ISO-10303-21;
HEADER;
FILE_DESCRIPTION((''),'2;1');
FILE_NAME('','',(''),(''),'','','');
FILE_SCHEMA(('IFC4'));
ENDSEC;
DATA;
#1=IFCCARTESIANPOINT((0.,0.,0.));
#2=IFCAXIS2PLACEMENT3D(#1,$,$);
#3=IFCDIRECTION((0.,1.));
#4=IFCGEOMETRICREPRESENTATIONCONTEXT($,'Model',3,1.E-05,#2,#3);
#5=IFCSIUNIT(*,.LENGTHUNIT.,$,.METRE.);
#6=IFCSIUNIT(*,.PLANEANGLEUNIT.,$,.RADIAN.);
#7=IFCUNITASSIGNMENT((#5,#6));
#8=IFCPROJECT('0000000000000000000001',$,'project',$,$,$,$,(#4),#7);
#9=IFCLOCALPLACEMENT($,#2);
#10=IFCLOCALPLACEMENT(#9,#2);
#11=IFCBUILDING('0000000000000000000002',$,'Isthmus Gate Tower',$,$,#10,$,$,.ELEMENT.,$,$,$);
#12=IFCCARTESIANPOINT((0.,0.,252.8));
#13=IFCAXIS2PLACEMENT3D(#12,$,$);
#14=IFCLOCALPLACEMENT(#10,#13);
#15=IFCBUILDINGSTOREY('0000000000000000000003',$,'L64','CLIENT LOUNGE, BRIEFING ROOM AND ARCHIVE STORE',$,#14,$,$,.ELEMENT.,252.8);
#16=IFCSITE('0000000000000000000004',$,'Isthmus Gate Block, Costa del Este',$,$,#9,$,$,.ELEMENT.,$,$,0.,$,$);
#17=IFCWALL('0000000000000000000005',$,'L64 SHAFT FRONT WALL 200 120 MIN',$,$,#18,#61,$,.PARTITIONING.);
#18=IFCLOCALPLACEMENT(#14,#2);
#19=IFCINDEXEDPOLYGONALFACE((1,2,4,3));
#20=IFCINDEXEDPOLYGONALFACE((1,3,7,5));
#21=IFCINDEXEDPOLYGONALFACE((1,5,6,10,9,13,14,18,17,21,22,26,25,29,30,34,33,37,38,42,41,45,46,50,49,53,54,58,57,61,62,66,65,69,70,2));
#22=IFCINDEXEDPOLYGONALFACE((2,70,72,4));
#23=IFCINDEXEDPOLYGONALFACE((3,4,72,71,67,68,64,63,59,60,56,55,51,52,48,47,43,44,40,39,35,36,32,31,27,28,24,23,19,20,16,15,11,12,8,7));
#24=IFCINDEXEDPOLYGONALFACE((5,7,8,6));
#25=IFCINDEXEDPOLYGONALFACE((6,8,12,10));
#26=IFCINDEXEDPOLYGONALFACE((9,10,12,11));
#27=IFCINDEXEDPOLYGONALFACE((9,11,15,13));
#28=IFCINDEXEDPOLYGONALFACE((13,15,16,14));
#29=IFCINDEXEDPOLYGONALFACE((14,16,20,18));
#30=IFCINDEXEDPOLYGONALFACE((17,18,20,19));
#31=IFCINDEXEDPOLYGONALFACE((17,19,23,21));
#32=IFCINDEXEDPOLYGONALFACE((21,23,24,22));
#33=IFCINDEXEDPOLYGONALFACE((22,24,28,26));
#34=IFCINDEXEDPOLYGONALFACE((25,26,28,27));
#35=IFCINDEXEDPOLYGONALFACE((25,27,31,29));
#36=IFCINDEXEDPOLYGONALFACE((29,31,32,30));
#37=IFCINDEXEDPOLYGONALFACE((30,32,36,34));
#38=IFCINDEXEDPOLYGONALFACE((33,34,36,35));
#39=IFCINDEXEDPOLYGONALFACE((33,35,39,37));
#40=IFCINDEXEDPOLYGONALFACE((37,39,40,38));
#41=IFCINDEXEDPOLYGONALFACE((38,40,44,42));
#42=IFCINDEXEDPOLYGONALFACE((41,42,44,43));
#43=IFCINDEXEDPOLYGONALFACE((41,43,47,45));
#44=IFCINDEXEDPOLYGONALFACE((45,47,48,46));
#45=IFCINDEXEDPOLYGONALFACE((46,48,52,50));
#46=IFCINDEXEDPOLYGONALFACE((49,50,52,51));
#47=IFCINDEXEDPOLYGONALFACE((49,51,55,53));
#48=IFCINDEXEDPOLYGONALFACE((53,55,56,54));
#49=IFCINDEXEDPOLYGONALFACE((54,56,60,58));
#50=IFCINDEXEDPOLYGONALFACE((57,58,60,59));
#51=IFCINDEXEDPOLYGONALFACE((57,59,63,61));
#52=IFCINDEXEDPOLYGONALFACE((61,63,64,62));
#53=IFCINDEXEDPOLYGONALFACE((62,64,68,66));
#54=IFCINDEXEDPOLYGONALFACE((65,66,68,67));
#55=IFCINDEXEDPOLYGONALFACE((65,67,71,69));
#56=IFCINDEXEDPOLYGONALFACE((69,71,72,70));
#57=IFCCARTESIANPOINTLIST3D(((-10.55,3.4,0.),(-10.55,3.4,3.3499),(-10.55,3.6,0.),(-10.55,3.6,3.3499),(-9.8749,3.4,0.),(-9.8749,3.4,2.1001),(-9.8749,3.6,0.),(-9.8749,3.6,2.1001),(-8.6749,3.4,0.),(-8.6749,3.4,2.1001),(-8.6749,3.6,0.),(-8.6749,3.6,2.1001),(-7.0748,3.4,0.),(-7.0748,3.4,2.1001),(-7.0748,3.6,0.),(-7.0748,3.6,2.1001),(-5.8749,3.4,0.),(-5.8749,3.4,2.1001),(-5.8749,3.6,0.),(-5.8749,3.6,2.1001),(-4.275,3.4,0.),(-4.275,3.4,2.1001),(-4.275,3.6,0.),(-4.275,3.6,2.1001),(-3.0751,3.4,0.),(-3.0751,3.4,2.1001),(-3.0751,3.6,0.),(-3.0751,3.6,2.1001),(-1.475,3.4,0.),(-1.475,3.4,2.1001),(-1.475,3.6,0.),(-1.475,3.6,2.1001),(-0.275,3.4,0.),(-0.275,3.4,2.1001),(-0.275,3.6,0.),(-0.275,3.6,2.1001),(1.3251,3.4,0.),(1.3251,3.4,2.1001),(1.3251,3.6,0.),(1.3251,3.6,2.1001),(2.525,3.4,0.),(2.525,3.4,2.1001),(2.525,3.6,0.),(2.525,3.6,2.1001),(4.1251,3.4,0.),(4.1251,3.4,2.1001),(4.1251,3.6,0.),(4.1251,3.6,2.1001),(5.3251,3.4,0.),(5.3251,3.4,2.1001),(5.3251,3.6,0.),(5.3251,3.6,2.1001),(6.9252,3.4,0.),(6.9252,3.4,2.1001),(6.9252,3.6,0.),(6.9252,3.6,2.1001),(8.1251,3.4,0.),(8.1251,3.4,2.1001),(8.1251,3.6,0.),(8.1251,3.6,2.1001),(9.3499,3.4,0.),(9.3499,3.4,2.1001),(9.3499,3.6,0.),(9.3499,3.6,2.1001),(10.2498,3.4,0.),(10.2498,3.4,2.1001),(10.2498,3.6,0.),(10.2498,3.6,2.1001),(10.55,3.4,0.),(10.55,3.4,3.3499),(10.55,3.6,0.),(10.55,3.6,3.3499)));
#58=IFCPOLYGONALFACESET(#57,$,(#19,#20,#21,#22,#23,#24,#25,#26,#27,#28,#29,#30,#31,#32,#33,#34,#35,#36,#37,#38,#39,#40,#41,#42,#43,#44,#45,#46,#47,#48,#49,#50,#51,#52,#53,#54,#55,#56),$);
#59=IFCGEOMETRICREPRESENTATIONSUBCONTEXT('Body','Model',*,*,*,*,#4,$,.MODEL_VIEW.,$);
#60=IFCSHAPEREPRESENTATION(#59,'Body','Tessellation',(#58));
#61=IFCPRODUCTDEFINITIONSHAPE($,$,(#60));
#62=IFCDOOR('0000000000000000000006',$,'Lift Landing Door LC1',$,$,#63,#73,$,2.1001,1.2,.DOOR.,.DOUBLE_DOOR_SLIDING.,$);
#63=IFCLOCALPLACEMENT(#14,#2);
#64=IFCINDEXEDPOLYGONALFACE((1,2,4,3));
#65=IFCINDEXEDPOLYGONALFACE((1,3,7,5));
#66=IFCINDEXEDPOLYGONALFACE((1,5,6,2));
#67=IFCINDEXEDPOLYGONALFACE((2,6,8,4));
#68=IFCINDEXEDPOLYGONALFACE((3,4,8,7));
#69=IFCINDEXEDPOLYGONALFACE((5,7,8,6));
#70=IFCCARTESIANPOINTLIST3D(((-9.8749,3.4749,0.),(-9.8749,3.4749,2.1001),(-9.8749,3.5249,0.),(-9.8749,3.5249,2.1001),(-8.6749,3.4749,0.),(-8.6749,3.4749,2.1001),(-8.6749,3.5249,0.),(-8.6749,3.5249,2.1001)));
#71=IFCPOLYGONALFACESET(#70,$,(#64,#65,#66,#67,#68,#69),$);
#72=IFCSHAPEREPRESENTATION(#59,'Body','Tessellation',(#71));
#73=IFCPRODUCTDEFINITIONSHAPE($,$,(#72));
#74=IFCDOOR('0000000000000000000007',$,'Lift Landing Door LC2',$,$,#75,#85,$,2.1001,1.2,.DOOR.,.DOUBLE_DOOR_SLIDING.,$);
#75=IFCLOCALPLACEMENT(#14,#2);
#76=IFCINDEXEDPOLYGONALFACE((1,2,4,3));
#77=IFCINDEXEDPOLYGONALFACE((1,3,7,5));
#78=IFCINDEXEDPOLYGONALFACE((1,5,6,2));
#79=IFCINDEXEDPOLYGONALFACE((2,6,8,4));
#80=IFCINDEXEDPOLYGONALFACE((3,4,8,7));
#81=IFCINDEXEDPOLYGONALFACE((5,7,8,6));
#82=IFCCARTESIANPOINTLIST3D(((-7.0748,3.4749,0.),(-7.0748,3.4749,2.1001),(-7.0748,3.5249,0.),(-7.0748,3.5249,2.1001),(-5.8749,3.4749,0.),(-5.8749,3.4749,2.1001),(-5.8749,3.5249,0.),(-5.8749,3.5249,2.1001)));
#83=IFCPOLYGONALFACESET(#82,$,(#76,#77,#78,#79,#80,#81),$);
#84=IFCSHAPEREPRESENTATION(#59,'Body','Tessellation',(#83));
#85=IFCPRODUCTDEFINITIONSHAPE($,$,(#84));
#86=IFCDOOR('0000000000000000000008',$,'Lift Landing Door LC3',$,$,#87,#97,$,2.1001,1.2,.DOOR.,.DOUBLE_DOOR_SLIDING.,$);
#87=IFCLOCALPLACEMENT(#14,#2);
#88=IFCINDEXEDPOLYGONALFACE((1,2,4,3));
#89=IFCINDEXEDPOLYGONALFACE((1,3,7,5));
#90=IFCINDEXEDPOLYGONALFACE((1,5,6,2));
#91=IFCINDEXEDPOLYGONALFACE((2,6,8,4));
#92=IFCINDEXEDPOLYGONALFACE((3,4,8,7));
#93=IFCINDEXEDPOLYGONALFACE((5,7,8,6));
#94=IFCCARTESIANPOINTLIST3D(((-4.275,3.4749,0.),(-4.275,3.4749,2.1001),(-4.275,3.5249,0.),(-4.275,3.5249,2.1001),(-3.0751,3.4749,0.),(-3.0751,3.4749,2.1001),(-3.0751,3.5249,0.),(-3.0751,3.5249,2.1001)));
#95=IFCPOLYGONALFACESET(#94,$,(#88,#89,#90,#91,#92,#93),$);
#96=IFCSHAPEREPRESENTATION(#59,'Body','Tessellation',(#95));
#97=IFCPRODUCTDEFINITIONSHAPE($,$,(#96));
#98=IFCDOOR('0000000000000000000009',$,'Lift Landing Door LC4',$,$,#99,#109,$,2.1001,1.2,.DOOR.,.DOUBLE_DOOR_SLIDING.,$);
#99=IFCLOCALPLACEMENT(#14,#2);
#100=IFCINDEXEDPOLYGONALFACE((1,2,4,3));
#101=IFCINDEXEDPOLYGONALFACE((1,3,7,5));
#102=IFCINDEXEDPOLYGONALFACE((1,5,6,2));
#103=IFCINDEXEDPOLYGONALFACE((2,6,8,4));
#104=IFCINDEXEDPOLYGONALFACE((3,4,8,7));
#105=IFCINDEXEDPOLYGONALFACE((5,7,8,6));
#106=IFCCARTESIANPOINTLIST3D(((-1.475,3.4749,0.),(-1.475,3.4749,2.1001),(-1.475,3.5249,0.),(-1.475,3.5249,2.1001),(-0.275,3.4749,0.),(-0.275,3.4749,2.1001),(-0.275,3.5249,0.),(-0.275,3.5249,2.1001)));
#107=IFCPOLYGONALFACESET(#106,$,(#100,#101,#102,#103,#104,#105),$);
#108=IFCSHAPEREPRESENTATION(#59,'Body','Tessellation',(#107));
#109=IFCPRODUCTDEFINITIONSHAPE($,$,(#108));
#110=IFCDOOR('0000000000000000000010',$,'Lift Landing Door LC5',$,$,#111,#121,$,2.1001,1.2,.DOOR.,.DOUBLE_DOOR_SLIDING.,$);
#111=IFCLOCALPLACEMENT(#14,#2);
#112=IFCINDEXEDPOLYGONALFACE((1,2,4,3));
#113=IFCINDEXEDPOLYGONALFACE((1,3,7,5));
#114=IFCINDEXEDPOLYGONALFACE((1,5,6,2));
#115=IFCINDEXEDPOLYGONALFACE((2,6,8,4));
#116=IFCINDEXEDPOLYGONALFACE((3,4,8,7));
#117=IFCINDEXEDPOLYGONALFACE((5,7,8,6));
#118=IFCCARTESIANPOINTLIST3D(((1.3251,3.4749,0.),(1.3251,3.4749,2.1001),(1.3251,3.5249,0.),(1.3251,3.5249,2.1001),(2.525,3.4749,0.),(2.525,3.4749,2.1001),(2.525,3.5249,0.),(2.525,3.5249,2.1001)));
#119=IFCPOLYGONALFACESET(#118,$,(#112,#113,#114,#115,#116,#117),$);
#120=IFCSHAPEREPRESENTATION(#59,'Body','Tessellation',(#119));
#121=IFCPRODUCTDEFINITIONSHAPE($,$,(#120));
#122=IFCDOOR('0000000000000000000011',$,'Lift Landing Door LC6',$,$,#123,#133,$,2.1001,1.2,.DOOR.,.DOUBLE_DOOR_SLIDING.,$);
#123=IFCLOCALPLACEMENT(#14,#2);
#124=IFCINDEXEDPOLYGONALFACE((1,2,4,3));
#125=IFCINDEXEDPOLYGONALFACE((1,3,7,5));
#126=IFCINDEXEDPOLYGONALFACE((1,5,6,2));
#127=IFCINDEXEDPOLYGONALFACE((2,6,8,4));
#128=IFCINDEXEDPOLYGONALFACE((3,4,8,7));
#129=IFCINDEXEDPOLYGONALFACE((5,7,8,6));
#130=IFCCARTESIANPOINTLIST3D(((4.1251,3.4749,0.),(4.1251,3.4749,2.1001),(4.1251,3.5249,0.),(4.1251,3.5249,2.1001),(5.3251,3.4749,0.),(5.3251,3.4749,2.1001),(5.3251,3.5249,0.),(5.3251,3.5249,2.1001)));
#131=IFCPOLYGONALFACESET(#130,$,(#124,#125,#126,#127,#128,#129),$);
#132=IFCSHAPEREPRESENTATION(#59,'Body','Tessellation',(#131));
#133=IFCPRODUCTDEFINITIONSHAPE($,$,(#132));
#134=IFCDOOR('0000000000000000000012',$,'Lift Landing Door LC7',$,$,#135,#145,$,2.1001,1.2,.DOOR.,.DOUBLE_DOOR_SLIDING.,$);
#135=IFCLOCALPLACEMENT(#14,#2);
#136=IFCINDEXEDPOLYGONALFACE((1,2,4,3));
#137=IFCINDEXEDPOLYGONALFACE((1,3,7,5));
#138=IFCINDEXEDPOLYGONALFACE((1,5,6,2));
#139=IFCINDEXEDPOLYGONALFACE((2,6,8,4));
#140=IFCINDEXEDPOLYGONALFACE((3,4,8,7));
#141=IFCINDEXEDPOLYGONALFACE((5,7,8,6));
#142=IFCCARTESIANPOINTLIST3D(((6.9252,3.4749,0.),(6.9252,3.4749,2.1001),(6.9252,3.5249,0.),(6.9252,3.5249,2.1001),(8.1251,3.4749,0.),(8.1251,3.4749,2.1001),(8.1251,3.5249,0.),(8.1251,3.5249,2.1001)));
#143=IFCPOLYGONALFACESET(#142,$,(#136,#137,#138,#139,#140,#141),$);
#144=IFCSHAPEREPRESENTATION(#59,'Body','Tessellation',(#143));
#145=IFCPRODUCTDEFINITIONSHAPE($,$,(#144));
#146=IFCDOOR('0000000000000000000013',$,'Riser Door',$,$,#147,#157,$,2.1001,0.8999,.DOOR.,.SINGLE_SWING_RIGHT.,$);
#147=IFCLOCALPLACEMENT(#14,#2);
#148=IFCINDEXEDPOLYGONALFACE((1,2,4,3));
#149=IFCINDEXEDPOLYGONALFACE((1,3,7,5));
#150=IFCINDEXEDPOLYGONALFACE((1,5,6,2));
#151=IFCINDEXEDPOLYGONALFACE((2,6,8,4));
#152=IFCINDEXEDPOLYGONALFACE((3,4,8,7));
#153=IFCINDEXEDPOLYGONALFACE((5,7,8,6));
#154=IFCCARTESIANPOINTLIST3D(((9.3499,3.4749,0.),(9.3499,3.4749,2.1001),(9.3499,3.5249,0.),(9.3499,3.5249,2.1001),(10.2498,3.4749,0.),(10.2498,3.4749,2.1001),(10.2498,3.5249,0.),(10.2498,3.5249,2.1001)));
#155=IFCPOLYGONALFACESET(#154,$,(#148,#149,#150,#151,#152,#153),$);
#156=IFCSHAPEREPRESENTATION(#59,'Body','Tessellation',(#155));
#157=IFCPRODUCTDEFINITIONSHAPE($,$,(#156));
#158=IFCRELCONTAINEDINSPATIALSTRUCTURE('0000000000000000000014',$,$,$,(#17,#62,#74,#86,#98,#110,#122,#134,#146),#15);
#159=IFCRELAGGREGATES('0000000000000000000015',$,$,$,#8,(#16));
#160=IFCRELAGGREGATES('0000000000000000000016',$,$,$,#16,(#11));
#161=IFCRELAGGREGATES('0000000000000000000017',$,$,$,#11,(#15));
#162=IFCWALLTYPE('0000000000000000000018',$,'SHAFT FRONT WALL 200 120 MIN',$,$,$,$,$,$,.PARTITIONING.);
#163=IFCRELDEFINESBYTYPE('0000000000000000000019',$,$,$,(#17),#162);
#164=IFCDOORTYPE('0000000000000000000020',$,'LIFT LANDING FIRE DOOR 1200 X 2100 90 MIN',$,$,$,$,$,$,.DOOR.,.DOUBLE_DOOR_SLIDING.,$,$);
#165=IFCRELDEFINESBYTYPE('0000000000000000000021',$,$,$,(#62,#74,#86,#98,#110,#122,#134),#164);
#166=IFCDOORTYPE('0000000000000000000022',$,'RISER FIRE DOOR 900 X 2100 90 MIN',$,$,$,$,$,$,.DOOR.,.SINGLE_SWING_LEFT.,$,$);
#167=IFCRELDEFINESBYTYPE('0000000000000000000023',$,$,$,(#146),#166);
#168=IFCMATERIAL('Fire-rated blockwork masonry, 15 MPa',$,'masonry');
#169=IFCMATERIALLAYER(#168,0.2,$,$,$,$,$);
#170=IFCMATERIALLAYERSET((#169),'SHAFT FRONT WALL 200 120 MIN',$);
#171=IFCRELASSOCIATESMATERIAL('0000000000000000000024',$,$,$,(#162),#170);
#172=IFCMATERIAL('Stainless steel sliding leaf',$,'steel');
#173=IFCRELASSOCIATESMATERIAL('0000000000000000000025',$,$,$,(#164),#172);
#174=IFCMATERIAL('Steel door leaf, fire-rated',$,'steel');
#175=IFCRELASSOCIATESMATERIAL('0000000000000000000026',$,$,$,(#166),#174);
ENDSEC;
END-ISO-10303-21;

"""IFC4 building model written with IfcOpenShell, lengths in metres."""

from ifc_helpers import new_model, si_unit, direction, frame, frame_2d, origin, place, context, subcontext, project, spatial, rectangle, extrude, material, layer, layer_set, type_object, element, fill, save


model = new_model("IFC4")

# Units and contexts
model_context = context("Model", 3, precision=1e-05, world=origin(), true_north=direction((0.0, 1.0)))
body_context = subcontext(model_context, "Body", "Model", "MODEL_VIEW")
ifc_project = project(units=[si_unit("LENGTHUNIT", "METRE"), si_unit("PLANEANGLEUNIT", "RADIAN")], contexts=[model_context])

# Site, building, storey
site_placement = place(None, origin())
site = spatial("IfcSite", under=ifc_project, at=site_placement, Name="Isthmus Gate Block, Costa del Este", CompositionType="ELEMENT", RefElevation=0.0)
building_placement = place(site_placement, origin())
building = spatial("IfcBuilding", under=site, at=building_placement, Name="Isthmus Gate Tower", CompositionType="ELEMENT")
storey_placement = place(building_placement, frame((0.0, 0.0, 252.8)))
storey = spatial("IfcBuildingStorey", under=building, at=storey_placement, Name="L64", Description="CLIENT LOUNGE, BRIEFING ROOM AND ARCHIVE STORE", CompositionType="ELEMENT", Elevation=252.8)

# Wall, openings, doors
ifc_material_1 = material(Name="Fire-rated blockwork masonry, 15 MPa", Category="masonry")
ifc_layer_1 = layer(ifc_material_1, 0.2)
ifc_layer_set_1 = layer_set([ifc_layer_1], Name="SHAFT FRONT WALL 200 120 MIN")
wall_type_1 = type_object("IfcWallType", Name="SHAFT FRONT WALL 200 120 MIN", PredefinedType="PARTITIONING", material=ifc_layer_set_1)
wall_1_placement = place(storey_placement, frame((-10.55, 3.5, 0.0), z_axis=(0.0, 0.0, 1.0), x_axis=(1.0, 0.0, 0.0)))
wall_1 = element("IfcWall", 1, at=wall_1_placement, inside=storey, type_object=wall_type_1, Name="L64 SHAFT FRONT WALL 200 120 MIN", PredefinedType="PARTITIONING", context=body_context, shape_type="SweptSolid", body=[
    extrude(rectangle(XDim=21.1001, YDim=0.2, at=frame_2d((10.55, 0.0))), origin(), (0.0, 0.0, 1.0), 3.3499),
])
opening_1_placement = place(wall_1_placement, frame((0.675, 0.0, 0.0)))
opening_1 = element("IfcOpeningElement", 2, at=opening_1_placement, cuts=wall_1, PredefinedType="OPENING", context=body_context, shape_type="SweptSolid", body=[
    extrude(rectangle(XDim=1.2, YDim=2.1001, at=frame_2d((0.6001, 1.05))), frame((0.0, 0.1099, 0.0), z_axis=(0.0, -1.0, 0.0), x_axis=(1.0, 0.0, 0.0)), (0.0, 0.0, 1.0), 0.22),
])
opening_2_placement = place(wall_1_placement, frame((3.4751, 0.0, 0.0)))
opening_2 = element("IfcOpeningElement", 3, at=opening_2_placement, cuts=wall_1, PredefinedType="OPENING", context=body_context, shape_type="SweptSolid", body=[
    extrude(rectangle(XDim=1.2, YDim=2.1001, at=frame_2d((0.6001, 1.05))), frame((0.0, 0.1099, 0.0), z_axis=(0.0, -1.0, 0.0), x_axis=(1.0, 0.0, 0.0)), (0.0, 0.0, 1.0), 0.22),
])
opening_3_placement = place(wall_1_placement, frame((6.2749, 0.0, 0.0)))
opening_3 = element("IfcOpeningElement", 4, at=opening_3_placement, cuts=wall_1, PredefinedType="OPENING", context=body_context, shape_type="SweptSolid", body=[
    extrude(rectangle(XDim=1.2, YDim=2.1001, at=frame_2d((0.6001, 1.05))), frame((0.0, 0.1099, 0.0), z_axis=(0.0, -1.0, 0.0), x_axis=(1.0, 0.0, 0.0)), (0.0, 0.0, 1.0), 0.22),
])
opening_4_placement = place(wall_1_placement, frame((9.075, 0.0, 0.0)))
opening_4 = element("IfcOpeningElement", 5, at=opening_4_placement, cuts=wall_1, PredefinedType="OPENING", context=body_context, shape_type="SweptSolid", body=[
    extrude(rectangle(XDim=1.2, YDim=2.1001, at=frame_2d((0.6001, 1.05))), frame((0.0, 0.1099, 0.0), z_axis=(0.0, -1.0, 0.0), x_axis=(1.0, 0.0, 0.0)), (0.0, 0.0, 1.0), 0.22),
])
opening_5_placement = place(wall_1_placement, frame((11.875, 0.0, 0.0)))
opening_5 = element("IfcOpeningElement", 6, at=opening_5_placement, cuts=wall_1, PredefinedType="OPENING", context=body_context, shape_type="SweptSolid", body=[
    extrude(rectangle(XDim=1.2, YDim=2.1001, at=frame_2d((0.6001, 1.05))), frame((0.0, 0.1099, 0.0), z_axis=(0.0, -1.0, 0.0), x_axis=(1.0, 0.0, 0.0)), (0.0, 0.0, 1.0), 0.22),
])
opening_6_placement = place(wall_1_placement, frame((14.675, 0.0, 0.0)))
opening_6 = element("IfcOpeningElement", 7, at=opening_6_placement, cuts=wall_1, PredefinedType="OPENING", context=body_context, shape_type="SweptSolid", body=[
    extrude(rectangle(XDim=1.2, YDim=2.1001, at=frame_2d((0.6001, 1.05))), frame((0.0, 0.1099, 0.0), z_axis=(0.0, -1.0, 0.0), x_axis=(1.0, 0.0, 0.0)), (0.0, 0.0, 1.0), 0.22),
])
opening_7_placement = place(wall_1_placement, frame((17.4751, 0.0, 0.0)))
opening_7 = element("IfcOpeningElement", 8, at=opening_7_placement, cuts=wall_1, PredefinedType="OPENING", context=body_context, shape_type="SweptSolid", body=[
    extrude(rectangle(XDim=1.2, YDim=2.1001, at=frame_2d((0.6001, 1.05))), frame((0.0, 0.1099, 0.0), z_axis=(0.0, -1.0, 0.0), x_axis=(1.0, 0.0, 0.0)), (0.0, 0.0, 1.0), 0.22),
])
opening_8_placement = place(wall_1_placement, frame((19.8999, 0.0, 0.0)))
opening_8 = element("IfcOpeningElement", 9, at=opening_8_placement, cuts=wall_1, PredefinedType="OPENING", context=body_context, shape_type="SweptSolid", body=[
    extrude(rectangle(XDim=0.8999, YDim=2.1001, at=frame_2d((0.45, 1.05))), frame((0.0, 0.1099, 0.0), z_axis=(0.0, -1.0, 0.0), x_axis=(1.0, 0.0, 0.0)), (0.0, 0.0, 1.0), 0.22),
])
ifc_material_2 = material(Name="Stainless steel sliding leaf", Category="steel")
door_type_1 = type_object("IfcDoorType", Name="LIFT LANDING FIRE DOOR 1200 X 2100 90 MIN", OperationType="DOUBLE_DOOR_SLIDING", PredefinedType="DOOR", material=ifc_material_2)
door_1_placement = place(opening_1_placement, origin())
door_1 = element("IfcDoor", 10, at=door_1_placement, inside=storey, type_object=door_type_1, Name="Lift Landing Door LC1", OperationType="DOUBLE_DOOR_SLIDING", OverallHeight=2.1001, OverallWidth=1.2, PredefinedType="DOOR", context=body_context, shape_type="SweptSolid", body=[
    extrude(rectangle(XDim=1.2, YDim=2.1001, at=frame_2d((0.6001, 1.05))), frame((0.0, 0.0249, 0.0), z_axis=(0.0, -1.0, 0.0), x_axis=(1.0, 0.0, 0.0)), (0.0, 0.0, 1.0), 0.05),
])
fill(opening_1, door_1)
door_2_placement = place(opening_2_placement, origin())
door_2 = element("IfcDoor", 11, at=door_2_placement, inside=storey, type_object=door_type_1, Name="Lift Landing Door LC2", OperationType="DOUBLE_DOOR_SLIDING", OverallHeight=2.1001, OverallWidth=1.2, PredefinedType="DOOR", context=body_context, shape_type="SweptSolid", body=[
    extrude(rectangle(XDim=1.2, YDim=2.1001, at=frame_2d((0.6001, 1.05))), frame((0.0, 0.0249, 0.0), z_axis=(0.0, -1.0, 0.0), x_axis=(1.0, 0.0, 0.0)), (0.0, 0.0, 1.0), 0.05),
])
fill(opening_2, door_2)
door_3_placement = place(opening_3_placement, origin())
door_3 = element("IfcDoor", 12, at=door_3_placement, inside=storey, type_object=door_type_1, Name="Lift Landing Door LC3", OperationType="DOUBLE_DOOR_SLIDING", OverallHeight=2.1001, OverallWidth=1.2, PredefinedType="DOOR", context=body_context, shape_type="SweptSolid", body=[
    extrude(rectangle(XDim=1.2, YDim=2.1001, at=frame_2d((0.6001, 1.05))), frame((0.0, 0.0249, 0.0), z_axis=(0.0, -1.0, 0.0), x_axis=(1.0, 0.0, 0.0)), (0.0, 0.0, 1.0), 0.05),
])
fill(opening_3, door_3)
door_4_placement = place(opening_4_placement, origin())
door_4 = element("IfcDoor", 13, at=door_4_placement, inside=storey, type_object=door_type_1, Name="Lift Landing Door LC4", OperationType="DOUBLE_DOOR_SLIDING", OverallHeight=2.1001, OverallWidth=1.2, PredefinedType="DOOR", context=body_context, shape_type="SweptSolid", body=[
    extrude(rectangle(XDim=1.2, YDim=2.1001, at=frame_2d((0.6001, 1.05))), frame((0.0, 0.0249, 0.0), z_axis=(0.0, -1.0, 0.0), x_axis=(1.0, 0.0, 0.0)), (0.0, 0.0, 1.0), 0.05),
])
fill(opening_4, door_4)
door_5_placement = place(opening_5_placement, origin())
door_5 = element("IfcDoor", 14, at=door_5_placement, inside=storey, type_object=door_type_1, Name="Lift Landing Door LC5", OperationType="DOUBLE_DOOR_SLIDING", OverallHeight=2.1001, OverallWidth=1.2, PredefinedType="DOOR", context=body_context, shape_type="SweptSolid", body=[
    extrude(rectangle(XDim=1.2, YDim=2.1001, at=frame_2d((0.6001, 1.05))), frame((0.0, 0.0249, 0.0), z_axis=(0.0, -1.0, 0.0), x_axis=(1.0, 0.0, 0.0)), (0.0, 0.0, 1.0), 0.05),
])
fill(opening_5, door_5)
door_6_placement = place(opening_6_placement, origin())
door_6 = element("IfcDoor", 15, at=door_6_placement, inside=storey, type_object=door_type_1, Name="Lift Landing Door LC6", OperationType="DOUBLE_DOOR_SLIDING", OverallHeight=2.1001, OverallWidth=1.2, PredefinedType="DOOR", context=body_context, shape_type="SweptSolid", body=[
    extrude(rectangle(XDim=1.2, YDim=2.1001, at=frame_2d((0.6001, 1.05))), frame((0.0, 0.0249, 0.0), z_axis=(0.0, -1.0, 0.0), x_axis=(1.0, 0.0, 0.0)), (0.0, 0.0, 1.0), 0.05),
])
fill(opening_6, door_6)
door_7_placement = place(opening_7_placement, origin())
door_7 = element("IfcDoor", 16, at=door_7_placement, inside=storey, type_object=door_type_1, Name="Lift Landing Door LC7", OperationType="DOUBLE_DOOR_SLIDING", OverallHeight=2.1001, OverallWidth=1.2, PredefinedType="DOOR", context=body_context, shape_type="SweptSolid", body=[
    extrude(rectangle(XDim=1.2, YDim=2.1001, at=frame_2d((0.6001, 1.05))), frame((0.0, 0.0249, 0.0), z_axis=(0.0, -1.0, 0.0), x_axis=(1.0, 0.0, 0.0)), (0.0, 0.0, 1.0), 0.05),
])
fill(opening_7, door_7)
ifc_material_3 = material(Name="Steel door leaf, fire-rated", Category="steel")
door_type_2 = type_object("IfcDoorType", Name="RISER FIRE DOOR 900 X 2100 90 MIN", OperationType="SINGLE_SWING_LEFT", PredefinedType="DOOR", material=ifc_material_3)
door_8_placement = place(opening_8_placement, origin())
door_8 = element("IfcDoor", 17, at=door_8_placement, inside=storey, type_object=door_type_2, Name="Riser Door", OperationType="SINGLE_SWING_RIGHT", OverallHeight=2.1001, OverallWidth=0.8999, PredefinedType="DOOR", context=body_context, shape_type="SweptSolid", body=[
    extrude(rectangle(XDim=0.8999, YDim=2.1001, at=frame_2d((0.45, 1.05))), frame((0.0, 0.0249, 0.0), z_axis=(0.0, -1.0, 0.0), x_axis=(1.0, 0.0, 0.0)), (0.0, 0.0, 1.0), 0.05),
])
fill(opening_8, door_8)

save(model, "model.ifc")
